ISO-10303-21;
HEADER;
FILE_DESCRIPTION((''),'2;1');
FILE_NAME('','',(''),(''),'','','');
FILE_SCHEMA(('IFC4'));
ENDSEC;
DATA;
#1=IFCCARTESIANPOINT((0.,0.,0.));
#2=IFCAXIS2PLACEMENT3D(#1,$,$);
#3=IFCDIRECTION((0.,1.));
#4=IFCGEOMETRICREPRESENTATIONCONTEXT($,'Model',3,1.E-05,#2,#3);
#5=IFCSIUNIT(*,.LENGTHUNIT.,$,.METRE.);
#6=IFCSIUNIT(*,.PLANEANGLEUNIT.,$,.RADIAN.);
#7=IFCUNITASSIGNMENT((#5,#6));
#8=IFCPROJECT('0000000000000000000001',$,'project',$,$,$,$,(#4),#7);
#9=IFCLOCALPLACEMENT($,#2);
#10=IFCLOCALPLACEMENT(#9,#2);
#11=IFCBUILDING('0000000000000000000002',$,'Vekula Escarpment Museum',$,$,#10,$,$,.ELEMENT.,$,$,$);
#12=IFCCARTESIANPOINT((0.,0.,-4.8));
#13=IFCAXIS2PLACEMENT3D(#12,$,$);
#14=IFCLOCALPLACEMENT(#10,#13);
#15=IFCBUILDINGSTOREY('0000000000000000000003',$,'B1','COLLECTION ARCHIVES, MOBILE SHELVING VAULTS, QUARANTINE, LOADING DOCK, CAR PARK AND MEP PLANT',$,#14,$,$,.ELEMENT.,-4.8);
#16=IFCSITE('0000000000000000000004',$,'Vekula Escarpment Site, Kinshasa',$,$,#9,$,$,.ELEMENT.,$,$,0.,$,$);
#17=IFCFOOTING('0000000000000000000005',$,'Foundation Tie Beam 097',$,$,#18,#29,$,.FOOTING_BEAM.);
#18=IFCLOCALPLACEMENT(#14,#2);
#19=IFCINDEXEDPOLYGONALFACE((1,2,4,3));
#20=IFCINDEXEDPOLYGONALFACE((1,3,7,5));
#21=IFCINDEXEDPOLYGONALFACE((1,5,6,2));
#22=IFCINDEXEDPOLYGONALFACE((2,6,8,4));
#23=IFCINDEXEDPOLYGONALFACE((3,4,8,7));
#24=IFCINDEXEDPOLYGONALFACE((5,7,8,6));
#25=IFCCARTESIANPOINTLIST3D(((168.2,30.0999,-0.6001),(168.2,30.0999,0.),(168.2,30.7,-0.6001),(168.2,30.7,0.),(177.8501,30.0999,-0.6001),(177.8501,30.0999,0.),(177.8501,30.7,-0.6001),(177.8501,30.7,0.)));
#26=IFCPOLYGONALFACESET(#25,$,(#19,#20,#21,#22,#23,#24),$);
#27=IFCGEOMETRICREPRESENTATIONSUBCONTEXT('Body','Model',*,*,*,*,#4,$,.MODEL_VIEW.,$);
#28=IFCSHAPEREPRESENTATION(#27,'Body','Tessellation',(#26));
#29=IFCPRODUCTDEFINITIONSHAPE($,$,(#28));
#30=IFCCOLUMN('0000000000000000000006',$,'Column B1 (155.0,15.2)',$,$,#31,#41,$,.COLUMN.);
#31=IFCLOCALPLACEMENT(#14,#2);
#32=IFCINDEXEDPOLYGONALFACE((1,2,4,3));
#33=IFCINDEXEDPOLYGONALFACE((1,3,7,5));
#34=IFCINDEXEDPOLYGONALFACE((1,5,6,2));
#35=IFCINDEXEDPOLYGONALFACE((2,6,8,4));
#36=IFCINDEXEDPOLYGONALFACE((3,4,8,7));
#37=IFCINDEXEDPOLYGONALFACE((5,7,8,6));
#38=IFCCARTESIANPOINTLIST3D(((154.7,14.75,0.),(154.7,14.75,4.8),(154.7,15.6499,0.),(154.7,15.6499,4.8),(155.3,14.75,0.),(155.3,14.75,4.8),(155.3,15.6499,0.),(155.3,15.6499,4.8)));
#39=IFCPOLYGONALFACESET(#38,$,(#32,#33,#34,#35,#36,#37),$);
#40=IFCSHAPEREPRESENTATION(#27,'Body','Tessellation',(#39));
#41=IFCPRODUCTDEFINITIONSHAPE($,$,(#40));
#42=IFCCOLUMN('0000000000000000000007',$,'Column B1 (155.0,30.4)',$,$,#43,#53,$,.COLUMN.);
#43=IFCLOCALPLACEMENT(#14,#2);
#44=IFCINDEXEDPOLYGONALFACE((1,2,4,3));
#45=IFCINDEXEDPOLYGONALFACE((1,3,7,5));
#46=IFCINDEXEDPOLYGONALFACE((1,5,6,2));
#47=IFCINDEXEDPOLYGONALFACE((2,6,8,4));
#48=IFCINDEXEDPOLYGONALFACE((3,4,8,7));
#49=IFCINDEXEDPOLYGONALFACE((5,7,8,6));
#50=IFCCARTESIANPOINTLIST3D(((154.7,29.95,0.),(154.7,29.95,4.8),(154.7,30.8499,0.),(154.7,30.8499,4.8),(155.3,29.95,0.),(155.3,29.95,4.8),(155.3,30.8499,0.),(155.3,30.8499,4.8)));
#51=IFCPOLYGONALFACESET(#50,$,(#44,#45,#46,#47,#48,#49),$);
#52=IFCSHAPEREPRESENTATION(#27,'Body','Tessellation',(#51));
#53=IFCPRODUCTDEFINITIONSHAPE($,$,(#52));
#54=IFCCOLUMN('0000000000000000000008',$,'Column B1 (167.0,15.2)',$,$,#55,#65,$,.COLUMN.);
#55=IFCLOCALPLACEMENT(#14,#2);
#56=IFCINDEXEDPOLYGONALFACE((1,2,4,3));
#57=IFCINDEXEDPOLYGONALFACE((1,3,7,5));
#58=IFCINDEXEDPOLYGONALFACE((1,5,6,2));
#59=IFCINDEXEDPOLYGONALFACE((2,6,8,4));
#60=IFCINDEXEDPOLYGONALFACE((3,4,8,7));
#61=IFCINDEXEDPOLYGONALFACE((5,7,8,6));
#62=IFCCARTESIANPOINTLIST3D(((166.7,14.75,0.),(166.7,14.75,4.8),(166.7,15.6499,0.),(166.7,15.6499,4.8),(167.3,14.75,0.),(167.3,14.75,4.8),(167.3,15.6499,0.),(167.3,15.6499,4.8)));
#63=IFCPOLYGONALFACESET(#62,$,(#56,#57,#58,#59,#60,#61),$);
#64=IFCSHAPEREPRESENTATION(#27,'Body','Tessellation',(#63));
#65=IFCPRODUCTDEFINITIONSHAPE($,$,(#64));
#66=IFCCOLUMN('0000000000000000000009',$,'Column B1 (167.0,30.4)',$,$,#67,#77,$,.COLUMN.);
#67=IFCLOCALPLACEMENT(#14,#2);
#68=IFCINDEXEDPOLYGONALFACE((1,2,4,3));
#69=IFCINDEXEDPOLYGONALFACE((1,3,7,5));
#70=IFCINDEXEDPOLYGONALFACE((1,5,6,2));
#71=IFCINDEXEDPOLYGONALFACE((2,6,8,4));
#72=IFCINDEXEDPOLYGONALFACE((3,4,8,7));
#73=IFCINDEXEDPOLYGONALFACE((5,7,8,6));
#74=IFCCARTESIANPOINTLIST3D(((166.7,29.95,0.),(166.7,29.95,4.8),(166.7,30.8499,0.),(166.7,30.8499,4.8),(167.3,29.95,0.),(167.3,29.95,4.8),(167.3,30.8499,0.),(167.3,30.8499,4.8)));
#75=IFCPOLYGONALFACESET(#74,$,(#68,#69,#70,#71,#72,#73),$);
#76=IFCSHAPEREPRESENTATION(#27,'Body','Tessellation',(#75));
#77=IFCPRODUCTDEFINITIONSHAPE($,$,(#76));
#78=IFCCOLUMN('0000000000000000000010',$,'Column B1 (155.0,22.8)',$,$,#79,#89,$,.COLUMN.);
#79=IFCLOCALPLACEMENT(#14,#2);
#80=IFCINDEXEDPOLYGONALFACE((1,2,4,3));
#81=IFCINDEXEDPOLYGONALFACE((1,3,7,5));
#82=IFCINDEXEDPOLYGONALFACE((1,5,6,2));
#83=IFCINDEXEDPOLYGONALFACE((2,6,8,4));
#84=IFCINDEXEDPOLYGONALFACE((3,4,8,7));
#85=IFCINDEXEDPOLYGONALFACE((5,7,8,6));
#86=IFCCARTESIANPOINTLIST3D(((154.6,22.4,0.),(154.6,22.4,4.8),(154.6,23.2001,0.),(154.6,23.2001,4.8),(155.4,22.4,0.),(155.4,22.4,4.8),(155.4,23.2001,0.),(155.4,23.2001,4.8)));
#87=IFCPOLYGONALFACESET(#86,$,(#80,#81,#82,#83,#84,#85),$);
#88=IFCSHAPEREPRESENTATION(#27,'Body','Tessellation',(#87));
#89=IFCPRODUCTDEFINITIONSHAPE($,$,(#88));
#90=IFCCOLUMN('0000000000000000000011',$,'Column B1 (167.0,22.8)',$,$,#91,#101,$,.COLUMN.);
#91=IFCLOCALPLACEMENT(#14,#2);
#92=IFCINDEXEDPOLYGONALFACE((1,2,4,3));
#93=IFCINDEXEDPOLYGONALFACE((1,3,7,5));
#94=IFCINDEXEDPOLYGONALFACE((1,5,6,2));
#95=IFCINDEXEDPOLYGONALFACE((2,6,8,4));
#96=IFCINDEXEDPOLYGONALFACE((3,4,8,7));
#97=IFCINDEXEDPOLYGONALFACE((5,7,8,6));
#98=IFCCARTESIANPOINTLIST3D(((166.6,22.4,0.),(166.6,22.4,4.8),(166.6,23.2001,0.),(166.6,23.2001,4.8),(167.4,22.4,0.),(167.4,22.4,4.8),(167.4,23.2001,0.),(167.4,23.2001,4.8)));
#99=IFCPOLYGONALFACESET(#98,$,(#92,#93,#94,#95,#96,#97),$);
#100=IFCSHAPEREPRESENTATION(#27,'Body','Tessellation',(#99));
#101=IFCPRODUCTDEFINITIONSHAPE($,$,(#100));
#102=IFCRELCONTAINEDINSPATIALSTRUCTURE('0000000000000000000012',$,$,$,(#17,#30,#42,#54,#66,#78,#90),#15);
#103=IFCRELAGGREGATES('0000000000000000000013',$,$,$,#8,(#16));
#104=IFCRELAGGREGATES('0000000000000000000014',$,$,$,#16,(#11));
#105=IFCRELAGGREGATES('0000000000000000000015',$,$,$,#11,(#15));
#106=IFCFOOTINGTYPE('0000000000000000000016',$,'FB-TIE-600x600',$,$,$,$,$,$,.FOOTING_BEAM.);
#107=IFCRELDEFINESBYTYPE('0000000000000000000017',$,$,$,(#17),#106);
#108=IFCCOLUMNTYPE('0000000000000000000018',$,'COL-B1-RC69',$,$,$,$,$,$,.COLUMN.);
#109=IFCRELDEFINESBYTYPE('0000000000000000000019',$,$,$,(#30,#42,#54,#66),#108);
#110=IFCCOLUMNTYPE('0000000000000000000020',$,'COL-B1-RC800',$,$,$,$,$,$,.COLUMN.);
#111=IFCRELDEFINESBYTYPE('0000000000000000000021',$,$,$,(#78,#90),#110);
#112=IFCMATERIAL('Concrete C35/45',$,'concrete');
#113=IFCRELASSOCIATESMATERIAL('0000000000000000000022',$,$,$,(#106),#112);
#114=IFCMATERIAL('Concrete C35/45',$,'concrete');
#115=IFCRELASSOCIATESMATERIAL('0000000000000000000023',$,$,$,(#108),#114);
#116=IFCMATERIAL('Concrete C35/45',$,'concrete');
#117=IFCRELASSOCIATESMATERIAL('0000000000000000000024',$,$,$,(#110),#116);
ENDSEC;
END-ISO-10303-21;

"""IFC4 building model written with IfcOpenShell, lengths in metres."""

from ifc_helpers import new_model, si_unit, direction, frame, origin, origin_2d, place, context, subcontext, project, spatial, rectangle, extrude, material, material_profile, profile_set, type_object, element, save


model = new_model("IFC4")

# Units and contexts
model_context = context("Model", 3, precision=1e-05, world=origin(), true_north=direction((0.0, 1.0)))
body_context = subcontext(model_context, "Body", "Model", "MODEL_VIEW")
ifc_project = project(units=[si_unit("LENGTHUNIT", "METRE"), si_unit("PLANEANGLEUNIT", "RADIAN")], contexts=[model_context])

# Site, building, storey
site_placement = place(None, origin())
site = spatial("IfcSite", under=ifc_project, at=site_placement, Name="Vekula Escarpment Site, Kinshasa", CompositionType="ELEMENT", RefElevation=0.0)
building_placement = place(site_placement, origin())
building = spatial("IfcBuilding", under=site, at=building_placement, Name="Vekula Escarpment Museum", CompositionType="ELEMENT")
storey_placement = place(building_placement, frame((0.0, 0.0, -4.8)))
storey = spatial("IfcBuildingStorey", under=building, at=storey_placement, Name="B1", Description="COLLECTION ARCHIVES, MOBILE SHELVING VAULTS, QUARANTINE, LOADING DOCK, CAR PARK AND MEP PLANT", CompositionType="ELEMENT", Elevation=-4.8)

# Footing
ifc_material_1 = material(Name="Concrete C35/45", Category="concrete")
ifc_material_profile_1 = material_profile(ifc_material_1, rectangle(XDim=0.6001, YDim=0.6001, at=origin_2d()), Name="RC 600x600")
ifc_profile_set_1 = profile_set([ifc_material_profile_1], Name="Concrete C35/45")
footing_type_1 = type_object("IfcFootingType", Name="FB-TIE-600x600", PredefinedType="FOOTING_BEAM", material=ifc_profile_set_1)
for number, where, z_axis, x_axis, name in (
    (1, (168.2, 30.3999, -0.3), (1.0, 0.0, 0.0), (0.0, 1.0, 0.0), "Foundation Tie Beam 097"),
):
    element("IfcFooting", number, at=place(storey_placement, frame(where, z_axis=z_axis, x_axis=x_axis)), inside=storey, type_object=footing_type_1, Name=name, PredefinedType="FOOTING_BEAM", context=body_context, shape_type="SweptSolid", body=[
        extrude(rectangle(XDim=0.6001, YDim=0.6001, at=origin_2d()), origin(), (0.0, 0.0, 1.0), 9.6501),
    ])

# Columns
ifc_material_2 = material(Name="Concrete C35/45", Category="concrete")
ifc_material_profile_2 = material_profile(ifc_material_2, rectangle(XDim=0.6001, YDim=0.8999, at=origin_2d()), Name="RC 600x900")
ifc_profile_set_2 = profile_set([ifc_material_profile_2], Name="Concrete C35/45")
column_type_1 = type_object("IfcColumnType", Name="COL-B1-RC69", PredefinedType="COLUMN", material=ifc_profile_set_2)
for number, where, z_axis, x_axis, name in (
    (2, (155.0, 15.2, 0.0), (0.0, 0.0, 1.0), (1.0, 0.0, 0.0), "Column B1 (155.0,15.2)"),
    (3, (155.0, 30.3999, 0.0), (0.0, 0.0, 1.0), (1.0, 0.0, 0.0), "Column B1 (155.0,30.4)"),
    (4, (167.0, 15.2, 0.0), (0.0, 0.0, 1.0), (1.0, 0.0, 0.0), "Column B1 (167.0,15.2)"),
    (5, (167.0, 30.3999, 0.0), (0.0, 0.0, 1.0), (1.0, 0.0, 0.0), "Column B1 (167.0,30.4)"),
):
    element("IfcColumn", number, at=place(storey_placement, frame(where, z_axis=z_axis, x_axis=x_axis)), inside=storey, type_object=column_type_1, Name=name, PredefinedType="COLUMN", context=body_context, shape_type="SweptSolid", body=[
        extrude(rectangle(XDim=0.6001, YDim=0.8999, at=origin_2d()), origin(), (0.0, 0.0, 1.0), 4.8),
    ])
ifc_material_3 = material(Name="Concrete C35/45", Category="concrete")
ifc_material_profile_3 = material_profile(ifc_material_3, rectangle(XDim=0.8, YDim=0.8, at=origin_2d()), Name="RC 800x800")
ifc_profile_set_3 = profile_set([ifc_material_profile_3], Name="Concrete C35/45")
column_type_2 = type_object("IfcColumnType", Name="COL-B1-RC800", PredefinedType="COLUMN", material=ifc_profile_set_3)
for number, where, z_axis, x_axis, name in (
    (6, (155.0, 22.8, 0.0), (0.0, 0.0, 1.0), (1.0, 0.0, 0.0), "Column B1 (155.0,22.8)"),
    (7, (167.0, 22.8, 0.0), (0.0, 0.0, 1.0), (1.0, 0.0, 0.0), "Column B1 (167.0,22.8)"),
):
    element("IfcColumn", number, at=place(storey_placement, frame(where, z_axis=z_axis, x_axis=x_axis)), inside=storey, type_object=column_type_2, Name=name, PredefinedType="COLUMN", context=body_context, shape_type="SweptSolid", body=[
        extrude(rectangle(XDim=0.8, YDim=0.8, at=origin_2d()), origin(), (0.0, 0.0, 1.0), 4.8),
    ])

save(model, "model.ifc")
